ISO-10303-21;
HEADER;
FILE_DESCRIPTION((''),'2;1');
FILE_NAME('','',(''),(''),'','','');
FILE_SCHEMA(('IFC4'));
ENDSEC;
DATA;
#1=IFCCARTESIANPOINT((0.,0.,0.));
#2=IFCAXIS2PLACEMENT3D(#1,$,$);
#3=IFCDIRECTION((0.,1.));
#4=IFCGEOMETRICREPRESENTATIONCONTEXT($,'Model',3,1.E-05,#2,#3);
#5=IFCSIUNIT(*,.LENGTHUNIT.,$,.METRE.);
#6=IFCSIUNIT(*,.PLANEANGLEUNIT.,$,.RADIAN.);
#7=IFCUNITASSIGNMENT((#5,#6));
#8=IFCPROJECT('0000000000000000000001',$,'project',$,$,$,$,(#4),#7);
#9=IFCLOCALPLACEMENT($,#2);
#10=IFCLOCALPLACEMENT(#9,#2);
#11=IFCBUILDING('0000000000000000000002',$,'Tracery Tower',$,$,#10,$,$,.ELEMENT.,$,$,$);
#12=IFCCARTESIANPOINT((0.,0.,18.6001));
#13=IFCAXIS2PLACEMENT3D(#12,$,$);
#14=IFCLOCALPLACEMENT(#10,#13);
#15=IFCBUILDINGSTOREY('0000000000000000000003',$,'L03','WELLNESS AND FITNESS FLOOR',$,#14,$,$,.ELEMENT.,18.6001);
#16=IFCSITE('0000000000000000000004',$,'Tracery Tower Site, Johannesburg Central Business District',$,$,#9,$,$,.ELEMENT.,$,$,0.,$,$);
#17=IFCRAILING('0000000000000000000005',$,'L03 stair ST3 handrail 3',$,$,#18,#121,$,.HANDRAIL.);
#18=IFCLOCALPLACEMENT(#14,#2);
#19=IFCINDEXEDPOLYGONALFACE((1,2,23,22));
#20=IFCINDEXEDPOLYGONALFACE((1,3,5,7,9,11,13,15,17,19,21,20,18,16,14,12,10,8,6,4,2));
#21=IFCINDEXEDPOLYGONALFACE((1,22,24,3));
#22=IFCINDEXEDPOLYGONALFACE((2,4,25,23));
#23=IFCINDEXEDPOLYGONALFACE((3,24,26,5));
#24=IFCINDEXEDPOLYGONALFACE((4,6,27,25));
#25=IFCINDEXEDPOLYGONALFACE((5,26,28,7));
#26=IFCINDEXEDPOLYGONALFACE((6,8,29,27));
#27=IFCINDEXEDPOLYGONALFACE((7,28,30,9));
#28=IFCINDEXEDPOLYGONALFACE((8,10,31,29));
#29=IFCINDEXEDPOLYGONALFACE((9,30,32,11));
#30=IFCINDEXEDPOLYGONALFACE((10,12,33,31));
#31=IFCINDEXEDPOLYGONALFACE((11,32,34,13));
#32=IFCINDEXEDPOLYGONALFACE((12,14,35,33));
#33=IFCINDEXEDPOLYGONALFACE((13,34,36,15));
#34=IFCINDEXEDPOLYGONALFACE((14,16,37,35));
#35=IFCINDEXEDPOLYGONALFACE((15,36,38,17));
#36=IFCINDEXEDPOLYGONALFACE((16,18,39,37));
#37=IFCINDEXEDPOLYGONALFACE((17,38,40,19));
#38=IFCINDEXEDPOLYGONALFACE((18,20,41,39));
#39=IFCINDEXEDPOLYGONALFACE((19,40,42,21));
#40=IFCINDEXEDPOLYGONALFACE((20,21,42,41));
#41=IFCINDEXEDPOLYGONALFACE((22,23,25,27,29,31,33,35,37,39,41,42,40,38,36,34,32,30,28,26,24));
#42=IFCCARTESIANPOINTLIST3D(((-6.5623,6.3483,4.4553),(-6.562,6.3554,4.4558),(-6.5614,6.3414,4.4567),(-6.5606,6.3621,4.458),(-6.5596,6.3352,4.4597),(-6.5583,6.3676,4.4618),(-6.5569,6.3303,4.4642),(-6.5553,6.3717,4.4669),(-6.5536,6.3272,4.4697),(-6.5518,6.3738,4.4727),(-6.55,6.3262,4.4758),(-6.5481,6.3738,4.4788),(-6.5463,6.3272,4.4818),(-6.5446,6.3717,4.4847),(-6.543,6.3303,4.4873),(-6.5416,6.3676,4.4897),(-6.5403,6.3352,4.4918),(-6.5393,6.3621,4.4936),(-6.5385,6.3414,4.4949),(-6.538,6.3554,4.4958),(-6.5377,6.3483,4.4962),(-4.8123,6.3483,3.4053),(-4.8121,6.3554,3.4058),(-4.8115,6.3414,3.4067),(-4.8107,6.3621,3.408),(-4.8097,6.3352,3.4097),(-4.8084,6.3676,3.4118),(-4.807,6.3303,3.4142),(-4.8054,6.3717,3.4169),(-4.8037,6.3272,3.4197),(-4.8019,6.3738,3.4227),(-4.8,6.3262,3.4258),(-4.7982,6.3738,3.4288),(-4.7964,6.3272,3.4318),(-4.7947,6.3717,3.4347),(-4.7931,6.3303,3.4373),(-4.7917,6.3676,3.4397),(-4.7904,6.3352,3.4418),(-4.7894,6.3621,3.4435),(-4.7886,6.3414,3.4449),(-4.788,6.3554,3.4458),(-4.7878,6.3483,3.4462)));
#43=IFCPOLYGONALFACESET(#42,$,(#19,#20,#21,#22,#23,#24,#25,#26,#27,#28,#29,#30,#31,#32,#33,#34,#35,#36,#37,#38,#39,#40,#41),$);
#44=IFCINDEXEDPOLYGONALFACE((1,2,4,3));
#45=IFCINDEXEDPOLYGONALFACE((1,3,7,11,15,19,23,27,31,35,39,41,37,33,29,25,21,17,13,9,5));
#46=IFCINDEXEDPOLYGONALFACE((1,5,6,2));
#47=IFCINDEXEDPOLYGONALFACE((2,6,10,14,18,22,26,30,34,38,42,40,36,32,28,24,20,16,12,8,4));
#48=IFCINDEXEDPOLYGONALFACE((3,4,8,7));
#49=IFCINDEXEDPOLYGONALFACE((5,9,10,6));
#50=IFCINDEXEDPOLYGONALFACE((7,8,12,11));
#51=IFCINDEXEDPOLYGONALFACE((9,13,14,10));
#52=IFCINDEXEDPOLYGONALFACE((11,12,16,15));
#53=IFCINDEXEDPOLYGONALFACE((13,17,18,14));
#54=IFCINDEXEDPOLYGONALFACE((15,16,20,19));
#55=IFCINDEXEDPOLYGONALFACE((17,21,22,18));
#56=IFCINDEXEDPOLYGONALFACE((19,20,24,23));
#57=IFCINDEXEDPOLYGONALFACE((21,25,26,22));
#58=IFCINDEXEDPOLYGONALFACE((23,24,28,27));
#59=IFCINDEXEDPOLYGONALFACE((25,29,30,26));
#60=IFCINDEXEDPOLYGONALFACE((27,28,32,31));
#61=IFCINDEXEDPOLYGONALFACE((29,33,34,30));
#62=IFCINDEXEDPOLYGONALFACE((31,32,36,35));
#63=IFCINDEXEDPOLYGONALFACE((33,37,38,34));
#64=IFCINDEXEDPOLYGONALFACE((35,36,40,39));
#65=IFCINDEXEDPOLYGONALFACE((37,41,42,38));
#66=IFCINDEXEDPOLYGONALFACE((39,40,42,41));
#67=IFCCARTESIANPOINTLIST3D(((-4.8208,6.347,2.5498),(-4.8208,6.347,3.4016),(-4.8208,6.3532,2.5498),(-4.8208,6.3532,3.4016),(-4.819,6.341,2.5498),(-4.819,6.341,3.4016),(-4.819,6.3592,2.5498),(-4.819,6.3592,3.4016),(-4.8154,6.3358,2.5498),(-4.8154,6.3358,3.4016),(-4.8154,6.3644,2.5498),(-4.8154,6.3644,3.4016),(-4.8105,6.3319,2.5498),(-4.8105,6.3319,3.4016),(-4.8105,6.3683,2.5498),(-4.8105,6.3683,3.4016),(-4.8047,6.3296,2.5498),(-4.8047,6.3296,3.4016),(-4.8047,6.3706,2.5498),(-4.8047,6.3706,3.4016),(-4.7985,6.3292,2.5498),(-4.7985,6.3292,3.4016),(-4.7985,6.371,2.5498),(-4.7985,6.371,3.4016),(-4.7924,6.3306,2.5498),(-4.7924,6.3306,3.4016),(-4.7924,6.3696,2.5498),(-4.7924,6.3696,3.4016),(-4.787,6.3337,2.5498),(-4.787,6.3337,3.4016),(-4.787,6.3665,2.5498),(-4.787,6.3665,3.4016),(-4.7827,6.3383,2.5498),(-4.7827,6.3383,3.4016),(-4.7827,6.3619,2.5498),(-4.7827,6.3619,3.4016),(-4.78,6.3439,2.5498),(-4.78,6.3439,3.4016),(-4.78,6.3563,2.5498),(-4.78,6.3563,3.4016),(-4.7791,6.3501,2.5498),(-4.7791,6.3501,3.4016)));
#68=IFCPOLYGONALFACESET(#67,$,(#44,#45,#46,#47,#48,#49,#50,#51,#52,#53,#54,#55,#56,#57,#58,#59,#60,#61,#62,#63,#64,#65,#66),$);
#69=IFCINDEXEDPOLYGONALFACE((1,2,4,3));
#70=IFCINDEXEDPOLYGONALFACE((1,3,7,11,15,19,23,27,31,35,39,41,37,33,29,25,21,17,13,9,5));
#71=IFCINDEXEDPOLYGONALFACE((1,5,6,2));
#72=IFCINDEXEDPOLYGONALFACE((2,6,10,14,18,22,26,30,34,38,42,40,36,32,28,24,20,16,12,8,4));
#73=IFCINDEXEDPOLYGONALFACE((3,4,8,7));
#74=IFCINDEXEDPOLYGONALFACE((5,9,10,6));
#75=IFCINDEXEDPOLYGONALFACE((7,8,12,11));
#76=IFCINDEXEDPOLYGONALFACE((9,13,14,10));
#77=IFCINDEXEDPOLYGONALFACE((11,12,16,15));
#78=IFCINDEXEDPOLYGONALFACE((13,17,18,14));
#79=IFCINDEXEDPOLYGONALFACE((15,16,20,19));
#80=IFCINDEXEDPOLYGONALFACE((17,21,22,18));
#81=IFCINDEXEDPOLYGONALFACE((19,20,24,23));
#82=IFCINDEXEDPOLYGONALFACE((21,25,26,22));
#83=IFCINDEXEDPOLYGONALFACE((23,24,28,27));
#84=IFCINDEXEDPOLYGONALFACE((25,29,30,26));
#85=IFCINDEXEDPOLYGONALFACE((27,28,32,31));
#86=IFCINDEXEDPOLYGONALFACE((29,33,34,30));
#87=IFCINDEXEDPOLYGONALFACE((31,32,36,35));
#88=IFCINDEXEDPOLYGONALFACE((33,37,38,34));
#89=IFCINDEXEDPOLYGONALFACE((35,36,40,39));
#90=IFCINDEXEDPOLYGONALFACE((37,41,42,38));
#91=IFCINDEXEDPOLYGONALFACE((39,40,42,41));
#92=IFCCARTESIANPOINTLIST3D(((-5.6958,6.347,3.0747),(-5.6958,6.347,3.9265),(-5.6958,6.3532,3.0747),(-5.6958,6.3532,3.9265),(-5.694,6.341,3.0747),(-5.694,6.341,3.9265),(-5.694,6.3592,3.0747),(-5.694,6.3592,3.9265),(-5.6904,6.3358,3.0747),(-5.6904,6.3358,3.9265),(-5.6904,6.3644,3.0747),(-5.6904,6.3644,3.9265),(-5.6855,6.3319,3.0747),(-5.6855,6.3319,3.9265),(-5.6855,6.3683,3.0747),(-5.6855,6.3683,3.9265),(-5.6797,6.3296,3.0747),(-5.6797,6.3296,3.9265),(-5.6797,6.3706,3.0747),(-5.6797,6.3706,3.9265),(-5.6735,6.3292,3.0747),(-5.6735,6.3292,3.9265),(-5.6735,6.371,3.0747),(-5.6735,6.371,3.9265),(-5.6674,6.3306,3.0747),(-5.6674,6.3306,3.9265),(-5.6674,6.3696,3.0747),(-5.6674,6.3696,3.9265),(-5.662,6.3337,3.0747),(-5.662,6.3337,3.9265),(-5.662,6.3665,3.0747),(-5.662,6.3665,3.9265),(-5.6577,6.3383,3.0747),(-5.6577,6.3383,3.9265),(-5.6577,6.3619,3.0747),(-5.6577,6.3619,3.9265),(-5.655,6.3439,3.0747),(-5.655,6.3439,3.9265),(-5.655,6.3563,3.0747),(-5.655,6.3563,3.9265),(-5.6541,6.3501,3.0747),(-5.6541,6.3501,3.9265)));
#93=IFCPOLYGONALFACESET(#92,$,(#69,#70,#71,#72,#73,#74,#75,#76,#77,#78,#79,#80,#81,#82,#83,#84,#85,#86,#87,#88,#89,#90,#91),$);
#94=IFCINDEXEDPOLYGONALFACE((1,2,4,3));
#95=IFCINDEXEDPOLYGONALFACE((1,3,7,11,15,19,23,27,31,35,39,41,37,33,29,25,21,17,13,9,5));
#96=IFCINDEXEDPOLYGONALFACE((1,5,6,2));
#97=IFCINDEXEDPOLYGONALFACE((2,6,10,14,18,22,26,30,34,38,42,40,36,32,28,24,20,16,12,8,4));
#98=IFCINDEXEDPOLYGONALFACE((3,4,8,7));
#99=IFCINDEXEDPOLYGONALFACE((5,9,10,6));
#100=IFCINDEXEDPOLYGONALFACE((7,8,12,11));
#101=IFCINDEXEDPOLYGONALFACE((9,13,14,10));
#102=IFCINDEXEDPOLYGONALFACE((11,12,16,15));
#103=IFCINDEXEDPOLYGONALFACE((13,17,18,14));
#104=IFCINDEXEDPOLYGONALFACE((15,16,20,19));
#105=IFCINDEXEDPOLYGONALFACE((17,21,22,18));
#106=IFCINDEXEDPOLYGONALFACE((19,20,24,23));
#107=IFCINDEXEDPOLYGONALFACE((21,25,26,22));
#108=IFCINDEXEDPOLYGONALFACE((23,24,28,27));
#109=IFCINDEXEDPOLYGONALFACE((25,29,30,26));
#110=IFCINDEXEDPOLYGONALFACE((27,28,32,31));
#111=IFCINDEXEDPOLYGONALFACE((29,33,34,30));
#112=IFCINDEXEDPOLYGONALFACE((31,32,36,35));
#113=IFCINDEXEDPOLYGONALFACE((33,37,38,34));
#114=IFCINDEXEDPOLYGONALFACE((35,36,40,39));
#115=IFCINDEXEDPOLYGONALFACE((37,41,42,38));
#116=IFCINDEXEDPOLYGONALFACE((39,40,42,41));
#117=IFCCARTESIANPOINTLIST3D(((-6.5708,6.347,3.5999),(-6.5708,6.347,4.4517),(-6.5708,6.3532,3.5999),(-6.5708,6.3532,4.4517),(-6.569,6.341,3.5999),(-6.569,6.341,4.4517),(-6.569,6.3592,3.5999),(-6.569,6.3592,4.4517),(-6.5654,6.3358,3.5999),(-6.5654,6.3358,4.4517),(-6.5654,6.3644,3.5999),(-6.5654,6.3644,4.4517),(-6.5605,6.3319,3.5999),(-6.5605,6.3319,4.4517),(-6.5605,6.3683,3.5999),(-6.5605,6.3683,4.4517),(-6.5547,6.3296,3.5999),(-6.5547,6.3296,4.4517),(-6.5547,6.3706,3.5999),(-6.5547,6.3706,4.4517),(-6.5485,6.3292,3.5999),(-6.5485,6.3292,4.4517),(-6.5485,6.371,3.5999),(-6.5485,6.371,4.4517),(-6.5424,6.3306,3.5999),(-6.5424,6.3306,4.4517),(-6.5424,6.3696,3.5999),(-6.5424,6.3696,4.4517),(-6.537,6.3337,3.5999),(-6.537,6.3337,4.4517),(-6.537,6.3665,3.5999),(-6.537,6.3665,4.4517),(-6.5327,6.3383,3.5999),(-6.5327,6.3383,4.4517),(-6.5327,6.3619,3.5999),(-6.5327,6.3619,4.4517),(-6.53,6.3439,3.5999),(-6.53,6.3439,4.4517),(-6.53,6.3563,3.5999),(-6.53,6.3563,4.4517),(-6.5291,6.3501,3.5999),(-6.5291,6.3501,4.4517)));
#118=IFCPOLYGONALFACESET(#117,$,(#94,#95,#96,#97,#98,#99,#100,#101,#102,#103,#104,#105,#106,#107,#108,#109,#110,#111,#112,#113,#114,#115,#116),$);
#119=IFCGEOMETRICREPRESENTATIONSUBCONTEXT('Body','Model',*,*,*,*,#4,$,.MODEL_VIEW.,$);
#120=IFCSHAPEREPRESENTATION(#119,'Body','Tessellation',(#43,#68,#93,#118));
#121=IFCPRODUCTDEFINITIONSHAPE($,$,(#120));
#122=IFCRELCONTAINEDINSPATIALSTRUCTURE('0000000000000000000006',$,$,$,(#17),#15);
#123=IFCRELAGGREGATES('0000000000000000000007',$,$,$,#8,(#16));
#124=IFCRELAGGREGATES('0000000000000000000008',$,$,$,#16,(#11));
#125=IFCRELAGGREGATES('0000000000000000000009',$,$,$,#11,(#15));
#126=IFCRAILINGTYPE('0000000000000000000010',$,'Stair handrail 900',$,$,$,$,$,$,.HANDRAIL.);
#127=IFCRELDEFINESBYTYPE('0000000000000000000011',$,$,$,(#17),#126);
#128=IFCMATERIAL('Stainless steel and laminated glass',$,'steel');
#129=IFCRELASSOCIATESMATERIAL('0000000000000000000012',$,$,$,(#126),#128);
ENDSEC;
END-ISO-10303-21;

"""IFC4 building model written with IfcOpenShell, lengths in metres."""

from ifc_helpers import new_model, si_unit, direction, frame, origin, origin_2d, place, context, subcontext, project, spatial, circle, extrude, material, type_object, element, save


model = new_model("IFC4")

# Units and contexts
model_context = context("Model", 3, precision=1e-05, world=origin(), true_north=direction((0.0, 1.0)))
body_context = subcontext(model_context, "Body", "Model", "MODEL_VIEW")
ifc_project = project(units=[si_unit("LENGTHUNIT", "METRE"), si_unit("PLANEANGLEUNIT", "RADIAN")], contexts=[model_context])

# Site, building, storey
site_placement = place(None, origin())
site = spatial("IfcSite", under=ifc_project, at=site_placement, Name="Tracery Tower Site, Johannesburg Central Business District", CompositionType="ELEMENT", RefElevation=0.0)
building_placement = place(site_placement, origin())
building = spatial("IfcBuilding", under=site, at=building_placement, Name="Tracery Tower", CompositionType="ELEMENT")
storey_placement = place(building_placement, frame((0.0, 0.0, 18.6001)))
storey = spatial("IfcBuildingStorey", under=building, at=storey_placement, Name="L03", Description="WELLNESS AND FITNESS FLOOR", CompositionType="ELEMENT", Elevation=18.6001)

# Railing
ifc_material_1 = material(Name="Stainless steel and laminated glass", Category="steel")
railing_type_1 = type_object("IfcRailingType", Name="Stair handrail 900", PredefinedType="HANDRAIL", material=ifc_material_1)
railing_1_placement = place(storey_placement, frame((-4.8, 6.3501, 2.5498)))
element("IfcRailing", 1, at=railing_1_placement, inside=storey, type_object=railing_type_1, Name="L03 stair ST3 handrail 3", PredefinedType="HANDRAIL", context=body_context, shape_type="SweptSolid", body=[
    extrude(circle(Radius=0.0239, at=origin_2d()), frame((0.0, 0.0, 0.876), z_axis=(-0.857482, 0.0, 0.514513), x_axis=(0.0, -1.0, 0.0)), (0.0, 0.0, 1.0), 2.0408),
    extrude(circle(Radius=0.021, at=origin_2d()), origin(), (0.0, 0.0, 1.0), 0.8518),
    extrude(circle(Radius=0.021, at=origin_2d()), frame((-0.875, 0.0, 0.5249)), (0.0, 0.0, 1.0), 0.8518),
    extrude(circle(Radius=0.021, at=origin_2d()), frame((-1.75, 0.0, 1.05)), (0.0, 0.0, 1.0), 0.8518),
])

save(model, "model.ifc")
